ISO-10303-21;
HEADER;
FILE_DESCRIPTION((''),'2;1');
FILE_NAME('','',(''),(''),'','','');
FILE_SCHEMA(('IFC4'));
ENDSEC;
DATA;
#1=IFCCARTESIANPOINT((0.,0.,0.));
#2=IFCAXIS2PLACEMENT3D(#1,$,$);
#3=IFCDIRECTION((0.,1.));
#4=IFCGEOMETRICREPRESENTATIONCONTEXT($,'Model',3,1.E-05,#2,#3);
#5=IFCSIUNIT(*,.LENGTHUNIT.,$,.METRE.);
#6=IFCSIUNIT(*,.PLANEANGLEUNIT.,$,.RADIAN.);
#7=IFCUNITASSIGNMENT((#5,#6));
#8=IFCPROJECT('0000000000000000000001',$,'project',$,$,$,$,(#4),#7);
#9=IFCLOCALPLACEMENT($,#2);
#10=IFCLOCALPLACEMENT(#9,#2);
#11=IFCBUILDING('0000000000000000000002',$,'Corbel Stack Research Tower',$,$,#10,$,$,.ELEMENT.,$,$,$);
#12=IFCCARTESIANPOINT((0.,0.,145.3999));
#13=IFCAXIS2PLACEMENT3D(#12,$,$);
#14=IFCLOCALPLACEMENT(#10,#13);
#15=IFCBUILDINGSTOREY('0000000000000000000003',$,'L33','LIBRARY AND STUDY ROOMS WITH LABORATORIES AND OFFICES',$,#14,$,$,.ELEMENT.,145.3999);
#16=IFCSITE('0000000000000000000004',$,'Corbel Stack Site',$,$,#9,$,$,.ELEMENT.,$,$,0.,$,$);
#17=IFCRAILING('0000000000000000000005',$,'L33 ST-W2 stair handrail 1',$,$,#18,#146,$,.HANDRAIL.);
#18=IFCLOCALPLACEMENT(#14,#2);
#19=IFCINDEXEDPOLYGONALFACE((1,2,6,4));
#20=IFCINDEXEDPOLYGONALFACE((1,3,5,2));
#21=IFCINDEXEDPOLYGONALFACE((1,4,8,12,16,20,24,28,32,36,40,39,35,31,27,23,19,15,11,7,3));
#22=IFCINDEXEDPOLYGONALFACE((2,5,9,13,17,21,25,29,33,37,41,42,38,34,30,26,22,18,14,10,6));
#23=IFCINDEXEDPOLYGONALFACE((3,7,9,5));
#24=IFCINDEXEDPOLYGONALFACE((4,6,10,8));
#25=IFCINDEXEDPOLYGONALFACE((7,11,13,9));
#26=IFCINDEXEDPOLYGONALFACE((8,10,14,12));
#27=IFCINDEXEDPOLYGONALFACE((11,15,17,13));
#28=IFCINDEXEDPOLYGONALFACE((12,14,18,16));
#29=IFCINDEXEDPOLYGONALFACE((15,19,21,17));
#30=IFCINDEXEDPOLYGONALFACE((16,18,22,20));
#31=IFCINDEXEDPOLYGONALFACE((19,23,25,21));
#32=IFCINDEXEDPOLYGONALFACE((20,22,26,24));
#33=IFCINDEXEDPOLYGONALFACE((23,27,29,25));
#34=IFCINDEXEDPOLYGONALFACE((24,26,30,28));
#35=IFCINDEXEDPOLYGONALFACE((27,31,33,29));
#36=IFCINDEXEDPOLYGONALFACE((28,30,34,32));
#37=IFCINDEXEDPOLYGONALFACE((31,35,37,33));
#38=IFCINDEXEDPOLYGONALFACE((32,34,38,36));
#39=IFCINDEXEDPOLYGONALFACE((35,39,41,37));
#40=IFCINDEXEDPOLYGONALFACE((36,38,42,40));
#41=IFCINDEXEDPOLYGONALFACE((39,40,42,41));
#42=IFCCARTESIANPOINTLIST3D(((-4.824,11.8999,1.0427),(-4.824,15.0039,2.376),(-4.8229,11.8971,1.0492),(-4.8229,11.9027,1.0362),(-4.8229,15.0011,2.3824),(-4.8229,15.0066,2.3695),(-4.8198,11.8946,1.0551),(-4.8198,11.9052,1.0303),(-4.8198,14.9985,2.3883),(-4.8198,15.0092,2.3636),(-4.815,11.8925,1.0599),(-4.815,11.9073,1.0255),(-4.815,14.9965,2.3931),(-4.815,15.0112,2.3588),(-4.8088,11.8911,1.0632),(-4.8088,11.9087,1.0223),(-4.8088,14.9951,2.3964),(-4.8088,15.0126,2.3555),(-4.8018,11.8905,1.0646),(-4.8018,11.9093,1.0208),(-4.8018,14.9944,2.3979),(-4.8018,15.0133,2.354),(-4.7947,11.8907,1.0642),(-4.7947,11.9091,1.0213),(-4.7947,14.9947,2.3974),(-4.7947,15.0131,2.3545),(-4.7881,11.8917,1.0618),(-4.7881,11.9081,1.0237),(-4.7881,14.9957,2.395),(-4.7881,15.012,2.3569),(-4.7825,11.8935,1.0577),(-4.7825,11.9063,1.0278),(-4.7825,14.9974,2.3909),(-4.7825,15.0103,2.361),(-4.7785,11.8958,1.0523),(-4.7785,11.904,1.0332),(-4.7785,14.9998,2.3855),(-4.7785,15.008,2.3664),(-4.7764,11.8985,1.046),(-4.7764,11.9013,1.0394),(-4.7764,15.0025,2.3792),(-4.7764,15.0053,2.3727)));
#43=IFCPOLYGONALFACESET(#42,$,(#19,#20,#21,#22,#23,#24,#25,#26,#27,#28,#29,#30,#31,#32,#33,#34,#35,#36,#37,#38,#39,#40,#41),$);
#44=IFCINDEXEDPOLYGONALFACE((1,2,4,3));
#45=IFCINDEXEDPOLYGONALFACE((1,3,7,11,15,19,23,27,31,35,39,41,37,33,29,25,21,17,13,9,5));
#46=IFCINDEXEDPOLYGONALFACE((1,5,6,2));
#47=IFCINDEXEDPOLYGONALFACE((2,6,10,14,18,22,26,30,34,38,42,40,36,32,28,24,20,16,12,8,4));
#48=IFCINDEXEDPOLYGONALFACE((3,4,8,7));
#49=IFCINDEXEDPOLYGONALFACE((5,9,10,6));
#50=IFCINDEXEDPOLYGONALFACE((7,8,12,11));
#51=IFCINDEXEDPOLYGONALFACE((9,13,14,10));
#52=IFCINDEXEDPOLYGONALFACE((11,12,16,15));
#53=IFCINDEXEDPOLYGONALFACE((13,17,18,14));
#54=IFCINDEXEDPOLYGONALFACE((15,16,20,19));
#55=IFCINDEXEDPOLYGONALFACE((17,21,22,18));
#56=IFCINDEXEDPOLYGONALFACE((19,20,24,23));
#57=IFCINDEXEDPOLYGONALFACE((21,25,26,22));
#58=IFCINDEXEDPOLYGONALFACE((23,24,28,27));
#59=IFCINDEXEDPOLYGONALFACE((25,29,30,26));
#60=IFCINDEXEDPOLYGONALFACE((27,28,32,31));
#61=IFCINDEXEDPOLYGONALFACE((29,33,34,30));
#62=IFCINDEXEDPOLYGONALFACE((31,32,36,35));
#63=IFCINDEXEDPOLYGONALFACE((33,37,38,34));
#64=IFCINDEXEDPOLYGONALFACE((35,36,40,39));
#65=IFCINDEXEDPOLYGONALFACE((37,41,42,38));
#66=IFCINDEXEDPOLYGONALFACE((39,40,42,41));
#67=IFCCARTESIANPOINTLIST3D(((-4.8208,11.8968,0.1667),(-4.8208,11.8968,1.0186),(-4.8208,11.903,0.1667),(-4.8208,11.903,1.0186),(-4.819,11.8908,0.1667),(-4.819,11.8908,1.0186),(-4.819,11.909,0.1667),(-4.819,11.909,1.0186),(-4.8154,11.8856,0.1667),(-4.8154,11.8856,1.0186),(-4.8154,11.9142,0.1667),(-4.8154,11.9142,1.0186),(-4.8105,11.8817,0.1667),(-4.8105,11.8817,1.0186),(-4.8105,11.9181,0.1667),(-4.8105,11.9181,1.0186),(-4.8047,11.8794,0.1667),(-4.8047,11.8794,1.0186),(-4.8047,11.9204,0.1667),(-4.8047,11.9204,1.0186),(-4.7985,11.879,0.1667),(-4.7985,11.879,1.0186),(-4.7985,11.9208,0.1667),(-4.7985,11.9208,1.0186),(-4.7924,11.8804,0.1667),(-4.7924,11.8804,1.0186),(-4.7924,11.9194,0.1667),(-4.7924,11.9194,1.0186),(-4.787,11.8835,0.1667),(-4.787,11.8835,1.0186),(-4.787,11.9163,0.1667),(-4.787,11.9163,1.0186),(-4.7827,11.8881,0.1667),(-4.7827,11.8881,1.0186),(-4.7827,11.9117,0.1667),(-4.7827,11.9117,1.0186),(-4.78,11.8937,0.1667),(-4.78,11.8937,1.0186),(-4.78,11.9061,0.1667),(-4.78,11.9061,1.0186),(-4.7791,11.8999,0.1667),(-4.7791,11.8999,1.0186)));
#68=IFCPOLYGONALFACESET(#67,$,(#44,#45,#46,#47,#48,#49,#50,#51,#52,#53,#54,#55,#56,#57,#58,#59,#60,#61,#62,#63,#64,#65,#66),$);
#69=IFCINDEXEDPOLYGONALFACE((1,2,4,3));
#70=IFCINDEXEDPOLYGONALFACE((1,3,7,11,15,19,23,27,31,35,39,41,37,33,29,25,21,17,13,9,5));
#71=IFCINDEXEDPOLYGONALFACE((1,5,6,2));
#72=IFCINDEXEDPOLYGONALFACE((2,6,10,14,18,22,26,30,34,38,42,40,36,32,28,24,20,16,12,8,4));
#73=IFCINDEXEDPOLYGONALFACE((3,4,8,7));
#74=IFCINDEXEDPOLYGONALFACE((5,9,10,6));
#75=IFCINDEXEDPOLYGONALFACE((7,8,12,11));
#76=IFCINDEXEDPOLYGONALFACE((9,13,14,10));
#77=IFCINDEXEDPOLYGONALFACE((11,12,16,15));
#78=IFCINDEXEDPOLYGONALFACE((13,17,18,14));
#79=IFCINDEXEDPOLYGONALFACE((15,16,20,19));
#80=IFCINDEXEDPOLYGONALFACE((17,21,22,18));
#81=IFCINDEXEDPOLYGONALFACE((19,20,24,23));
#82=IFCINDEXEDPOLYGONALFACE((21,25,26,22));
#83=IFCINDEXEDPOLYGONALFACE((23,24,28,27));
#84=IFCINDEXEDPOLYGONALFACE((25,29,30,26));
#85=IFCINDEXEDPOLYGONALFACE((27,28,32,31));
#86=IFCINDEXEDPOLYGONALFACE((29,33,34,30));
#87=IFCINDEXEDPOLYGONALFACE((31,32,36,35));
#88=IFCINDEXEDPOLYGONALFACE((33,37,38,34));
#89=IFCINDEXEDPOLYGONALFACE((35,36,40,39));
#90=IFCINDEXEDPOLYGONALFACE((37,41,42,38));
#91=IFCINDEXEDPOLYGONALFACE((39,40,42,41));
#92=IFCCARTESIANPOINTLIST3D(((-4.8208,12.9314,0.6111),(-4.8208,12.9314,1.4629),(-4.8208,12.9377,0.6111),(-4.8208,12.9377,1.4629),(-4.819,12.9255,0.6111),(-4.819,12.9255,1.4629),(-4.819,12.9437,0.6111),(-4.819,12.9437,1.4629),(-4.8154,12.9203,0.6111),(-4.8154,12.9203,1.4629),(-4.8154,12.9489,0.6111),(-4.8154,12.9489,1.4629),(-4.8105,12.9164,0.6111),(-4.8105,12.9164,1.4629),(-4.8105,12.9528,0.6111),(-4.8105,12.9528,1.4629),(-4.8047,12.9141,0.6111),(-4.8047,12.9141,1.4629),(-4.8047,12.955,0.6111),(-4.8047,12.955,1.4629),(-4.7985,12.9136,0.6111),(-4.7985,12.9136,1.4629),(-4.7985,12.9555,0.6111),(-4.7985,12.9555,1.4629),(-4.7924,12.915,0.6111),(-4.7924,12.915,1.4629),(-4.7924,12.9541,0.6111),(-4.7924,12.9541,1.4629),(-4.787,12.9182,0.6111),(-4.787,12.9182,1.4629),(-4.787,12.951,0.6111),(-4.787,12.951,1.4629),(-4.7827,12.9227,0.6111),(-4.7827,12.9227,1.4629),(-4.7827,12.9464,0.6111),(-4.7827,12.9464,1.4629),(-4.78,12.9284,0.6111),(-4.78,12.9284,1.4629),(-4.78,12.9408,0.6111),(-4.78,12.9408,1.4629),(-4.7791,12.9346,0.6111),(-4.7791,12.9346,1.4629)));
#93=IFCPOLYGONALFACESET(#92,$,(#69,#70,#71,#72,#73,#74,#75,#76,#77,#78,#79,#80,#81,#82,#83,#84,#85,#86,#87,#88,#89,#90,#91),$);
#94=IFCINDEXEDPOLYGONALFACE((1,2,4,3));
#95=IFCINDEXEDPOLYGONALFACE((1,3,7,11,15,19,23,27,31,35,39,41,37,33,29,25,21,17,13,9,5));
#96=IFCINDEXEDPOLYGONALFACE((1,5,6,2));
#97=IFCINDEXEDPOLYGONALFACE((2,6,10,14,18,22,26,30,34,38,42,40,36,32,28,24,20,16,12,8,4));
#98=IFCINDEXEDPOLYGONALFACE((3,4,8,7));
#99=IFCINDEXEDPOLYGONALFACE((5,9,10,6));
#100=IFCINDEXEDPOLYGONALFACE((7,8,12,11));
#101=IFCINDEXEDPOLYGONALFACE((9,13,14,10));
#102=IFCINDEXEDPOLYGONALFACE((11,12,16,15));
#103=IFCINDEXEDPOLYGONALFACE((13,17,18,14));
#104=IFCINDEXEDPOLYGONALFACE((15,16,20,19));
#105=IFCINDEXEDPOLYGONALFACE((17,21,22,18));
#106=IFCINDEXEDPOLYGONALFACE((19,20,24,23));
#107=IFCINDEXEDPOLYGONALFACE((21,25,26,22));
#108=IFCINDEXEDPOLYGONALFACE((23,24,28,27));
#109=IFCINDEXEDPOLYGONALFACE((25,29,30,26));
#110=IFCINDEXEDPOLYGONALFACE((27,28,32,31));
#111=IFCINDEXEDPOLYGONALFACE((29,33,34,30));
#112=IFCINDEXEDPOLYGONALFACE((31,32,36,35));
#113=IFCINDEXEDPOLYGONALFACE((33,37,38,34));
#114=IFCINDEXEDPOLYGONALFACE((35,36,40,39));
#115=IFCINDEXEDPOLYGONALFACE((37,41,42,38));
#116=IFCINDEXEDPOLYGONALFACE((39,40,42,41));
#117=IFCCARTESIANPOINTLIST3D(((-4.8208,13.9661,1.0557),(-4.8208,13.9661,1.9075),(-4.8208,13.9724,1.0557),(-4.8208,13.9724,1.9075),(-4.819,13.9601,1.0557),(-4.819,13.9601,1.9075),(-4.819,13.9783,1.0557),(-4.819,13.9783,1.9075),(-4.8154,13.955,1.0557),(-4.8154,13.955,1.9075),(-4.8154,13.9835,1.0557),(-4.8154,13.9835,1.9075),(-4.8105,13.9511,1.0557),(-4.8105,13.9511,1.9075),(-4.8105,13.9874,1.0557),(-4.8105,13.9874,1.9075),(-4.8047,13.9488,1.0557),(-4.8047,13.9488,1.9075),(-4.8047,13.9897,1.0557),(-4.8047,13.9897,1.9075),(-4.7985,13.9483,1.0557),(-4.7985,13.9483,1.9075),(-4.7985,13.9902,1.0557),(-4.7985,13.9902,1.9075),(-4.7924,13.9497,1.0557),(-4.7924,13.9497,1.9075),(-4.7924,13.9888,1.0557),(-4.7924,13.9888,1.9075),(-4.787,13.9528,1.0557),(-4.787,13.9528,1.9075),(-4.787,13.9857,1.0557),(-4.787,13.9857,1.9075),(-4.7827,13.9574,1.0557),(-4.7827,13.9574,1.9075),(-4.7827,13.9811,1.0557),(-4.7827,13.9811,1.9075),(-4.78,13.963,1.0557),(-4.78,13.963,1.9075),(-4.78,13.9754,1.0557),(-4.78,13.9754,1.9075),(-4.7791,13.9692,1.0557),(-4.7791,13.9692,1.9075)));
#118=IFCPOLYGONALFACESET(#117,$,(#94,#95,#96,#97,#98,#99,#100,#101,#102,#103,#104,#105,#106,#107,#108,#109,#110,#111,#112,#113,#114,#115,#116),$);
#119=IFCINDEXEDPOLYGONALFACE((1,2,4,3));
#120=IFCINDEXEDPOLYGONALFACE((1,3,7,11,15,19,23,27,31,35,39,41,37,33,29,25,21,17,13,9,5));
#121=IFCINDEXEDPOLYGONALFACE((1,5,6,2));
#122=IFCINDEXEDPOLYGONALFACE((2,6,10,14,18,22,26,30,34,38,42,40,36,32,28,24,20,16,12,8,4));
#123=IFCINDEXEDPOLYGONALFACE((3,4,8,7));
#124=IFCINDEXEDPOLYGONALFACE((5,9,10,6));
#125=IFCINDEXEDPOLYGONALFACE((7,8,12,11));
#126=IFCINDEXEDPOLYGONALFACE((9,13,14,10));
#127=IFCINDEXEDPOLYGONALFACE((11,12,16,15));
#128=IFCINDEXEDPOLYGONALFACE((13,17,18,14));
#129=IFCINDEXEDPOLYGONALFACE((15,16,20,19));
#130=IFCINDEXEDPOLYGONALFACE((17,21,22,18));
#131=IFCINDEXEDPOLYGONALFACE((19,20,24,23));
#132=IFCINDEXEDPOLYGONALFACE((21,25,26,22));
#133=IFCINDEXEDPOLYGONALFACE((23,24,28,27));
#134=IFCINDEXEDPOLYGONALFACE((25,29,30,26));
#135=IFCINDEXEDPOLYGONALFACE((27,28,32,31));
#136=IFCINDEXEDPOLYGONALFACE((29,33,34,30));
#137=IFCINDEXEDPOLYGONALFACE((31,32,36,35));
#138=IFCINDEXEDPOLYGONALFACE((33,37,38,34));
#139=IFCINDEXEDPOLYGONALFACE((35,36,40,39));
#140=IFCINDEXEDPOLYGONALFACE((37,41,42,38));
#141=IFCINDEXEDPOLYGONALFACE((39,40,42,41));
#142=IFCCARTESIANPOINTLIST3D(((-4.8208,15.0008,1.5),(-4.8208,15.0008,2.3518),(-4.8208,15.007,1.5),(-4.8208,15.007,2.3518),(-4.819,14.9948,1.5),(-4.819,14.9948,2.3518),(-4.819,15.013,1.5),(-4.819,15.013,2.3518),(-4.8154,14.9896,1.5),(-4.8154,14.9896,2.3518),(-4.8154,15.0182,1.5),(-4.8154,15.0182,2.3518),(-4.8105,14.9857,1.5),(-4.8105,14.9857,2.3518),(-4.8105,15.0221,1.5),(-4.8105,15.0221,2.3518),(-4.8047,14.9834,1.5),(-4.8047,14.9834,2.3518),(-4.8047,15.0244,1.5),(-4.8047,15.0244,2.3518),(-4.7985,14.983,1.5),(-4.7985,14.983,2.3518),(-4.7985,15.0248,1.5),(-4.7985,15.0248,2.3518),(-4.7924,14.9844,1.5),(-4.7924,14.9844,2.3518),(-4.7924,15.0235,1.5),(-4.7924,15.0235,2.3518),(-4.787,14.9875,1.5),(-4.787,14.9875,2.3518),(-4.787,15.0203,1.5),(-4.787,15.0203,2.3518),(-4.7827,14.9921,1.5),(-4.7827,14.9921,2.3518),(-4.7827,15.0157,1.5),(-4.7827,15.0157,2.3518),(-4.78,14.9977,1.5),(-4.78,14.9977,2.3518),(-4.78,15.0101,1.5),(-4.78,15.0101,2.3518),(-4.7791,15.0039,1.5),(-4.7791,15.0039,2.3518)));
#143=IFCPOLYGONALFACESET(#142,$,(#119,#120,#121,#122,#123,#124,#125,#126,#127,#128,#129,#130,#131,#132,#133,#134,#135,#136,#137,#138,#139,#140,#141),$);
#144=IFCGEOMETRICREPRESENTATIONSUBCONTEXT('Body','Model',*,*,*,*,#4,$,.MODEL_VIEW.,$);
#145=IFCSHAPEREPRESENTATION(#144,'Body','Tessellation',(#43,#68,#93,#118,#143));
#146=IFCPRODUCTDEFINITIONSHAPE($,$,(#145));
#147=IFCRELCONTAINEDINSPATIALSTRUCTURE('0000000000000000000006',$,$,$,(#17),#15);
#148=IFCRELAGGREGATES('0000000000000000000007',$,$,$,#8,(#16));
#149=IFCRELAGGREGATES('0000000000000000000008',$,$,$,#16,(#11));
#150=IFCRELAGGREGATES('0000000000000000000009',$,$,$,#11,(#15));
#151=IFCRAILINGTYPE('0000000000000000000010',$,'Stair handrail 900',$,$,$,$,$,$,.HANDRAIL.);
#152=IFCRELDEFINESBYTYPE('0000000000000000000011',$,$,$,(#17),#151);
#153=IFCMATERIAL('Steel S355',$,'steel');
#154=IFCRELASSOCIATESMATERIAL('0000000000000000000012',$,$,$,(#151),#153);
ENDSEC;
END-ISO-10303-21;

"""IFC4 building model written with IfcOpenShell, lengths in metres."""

from ifc_helpers import new_model, si_unit, direction, frame, origin, origin_2d, place, context, subcontext, project, spatial, circle, extrude, material, type_object, element, save


model = new_model("IFC4")

# Units and contexts
model_context = context("Model", 3, precision=1e-05, world=origin(), true_north=direction((0.0, 1.0)))
body_context = subcontext(model_context, "Body", "Model", "MODEL_VIEW")
ifc_project = project(units=[si_unit("LENGTHUNIT", "METRE"), si_unit("PLANEANGLEUNIT", "RADIAN")], contexts=[model_context])

# Site, building, storey
site_placement = place(None, origin())
site = spatial("IfcSite", under=ifc_project, at=site_placement, Name="Corbel Stack Site", CompositionType="ELEMENT", RefElevation=0.0)
building_placement = place(site_placement, origin())
building = spatial("IfcBuilding", under=site, at=building_placement, Name="Corbel Stack Research Tower", CompositionType="ELEMENT")
storey_placement = place(building_placement, frame((0.0, 0.0, 145.3999)))
storey = spatial("IfcBuildingStorey", under=building, at=storey_placement, Name="L33", Description="LIBRARY AND STUDY ROOMS WITH LABORATORIES AND OFFICES", CompositionType="ELEMENT", Elevation=145.3999)

# Railing
ifc_material_1 = material(Name="Steel S355", Category="steel")
railing_type_1 = type_object("IfcRailingType", Name="Stair handrail 900", PredefinedType="HANDRAIL", material=ifc_material_1)
for number, where, name in (
    (1, (-4.8, 11.8999, 0.1667), "L33 ST-W2 stair handrail 1"),
):
    element("IfcRailing", number, at=place(storey_placement, frame(where)), inside=storey, type_object=railing_type_1, Name=name, PredefinedType="HANDRAIL", context=body_context, shape_type="SweptSolid", body=[
        extrude(circle(Radius=0.0239, at=origin_2d()), frame((0.0, 0.0, 0.876), z_axis=(0.0, 0.918827, 0.394661), x_axis=(-1.0, 0.0, 0.0)), (0.0, 0.0, 1.0), 3.3782),
        extrude(circle(Radius=0.021, at=origin_2d()), origin(), (0.0, 0.0, 1.0), 0.8518),
        extrude(circle(Radius=0.021, at=origin_2d()), frame((0.0, 1.0347, 0.4443)), (0.0, 0.0, 1.0), 0.8518),
        extrude(circle(Radius=0.021, at=origin_2d()), frame((0.0, 2.0693, 0.8889)), (0.0, 0.0, 1.0), 0.8518),
        extrude(circle(Radius=0.021, at=origin_2d()), frame((0.0, 3.104, 1.3333)), (0.0, 0.0, 1.0), 0.8518),
    ])

save(model, "model.ifc")
